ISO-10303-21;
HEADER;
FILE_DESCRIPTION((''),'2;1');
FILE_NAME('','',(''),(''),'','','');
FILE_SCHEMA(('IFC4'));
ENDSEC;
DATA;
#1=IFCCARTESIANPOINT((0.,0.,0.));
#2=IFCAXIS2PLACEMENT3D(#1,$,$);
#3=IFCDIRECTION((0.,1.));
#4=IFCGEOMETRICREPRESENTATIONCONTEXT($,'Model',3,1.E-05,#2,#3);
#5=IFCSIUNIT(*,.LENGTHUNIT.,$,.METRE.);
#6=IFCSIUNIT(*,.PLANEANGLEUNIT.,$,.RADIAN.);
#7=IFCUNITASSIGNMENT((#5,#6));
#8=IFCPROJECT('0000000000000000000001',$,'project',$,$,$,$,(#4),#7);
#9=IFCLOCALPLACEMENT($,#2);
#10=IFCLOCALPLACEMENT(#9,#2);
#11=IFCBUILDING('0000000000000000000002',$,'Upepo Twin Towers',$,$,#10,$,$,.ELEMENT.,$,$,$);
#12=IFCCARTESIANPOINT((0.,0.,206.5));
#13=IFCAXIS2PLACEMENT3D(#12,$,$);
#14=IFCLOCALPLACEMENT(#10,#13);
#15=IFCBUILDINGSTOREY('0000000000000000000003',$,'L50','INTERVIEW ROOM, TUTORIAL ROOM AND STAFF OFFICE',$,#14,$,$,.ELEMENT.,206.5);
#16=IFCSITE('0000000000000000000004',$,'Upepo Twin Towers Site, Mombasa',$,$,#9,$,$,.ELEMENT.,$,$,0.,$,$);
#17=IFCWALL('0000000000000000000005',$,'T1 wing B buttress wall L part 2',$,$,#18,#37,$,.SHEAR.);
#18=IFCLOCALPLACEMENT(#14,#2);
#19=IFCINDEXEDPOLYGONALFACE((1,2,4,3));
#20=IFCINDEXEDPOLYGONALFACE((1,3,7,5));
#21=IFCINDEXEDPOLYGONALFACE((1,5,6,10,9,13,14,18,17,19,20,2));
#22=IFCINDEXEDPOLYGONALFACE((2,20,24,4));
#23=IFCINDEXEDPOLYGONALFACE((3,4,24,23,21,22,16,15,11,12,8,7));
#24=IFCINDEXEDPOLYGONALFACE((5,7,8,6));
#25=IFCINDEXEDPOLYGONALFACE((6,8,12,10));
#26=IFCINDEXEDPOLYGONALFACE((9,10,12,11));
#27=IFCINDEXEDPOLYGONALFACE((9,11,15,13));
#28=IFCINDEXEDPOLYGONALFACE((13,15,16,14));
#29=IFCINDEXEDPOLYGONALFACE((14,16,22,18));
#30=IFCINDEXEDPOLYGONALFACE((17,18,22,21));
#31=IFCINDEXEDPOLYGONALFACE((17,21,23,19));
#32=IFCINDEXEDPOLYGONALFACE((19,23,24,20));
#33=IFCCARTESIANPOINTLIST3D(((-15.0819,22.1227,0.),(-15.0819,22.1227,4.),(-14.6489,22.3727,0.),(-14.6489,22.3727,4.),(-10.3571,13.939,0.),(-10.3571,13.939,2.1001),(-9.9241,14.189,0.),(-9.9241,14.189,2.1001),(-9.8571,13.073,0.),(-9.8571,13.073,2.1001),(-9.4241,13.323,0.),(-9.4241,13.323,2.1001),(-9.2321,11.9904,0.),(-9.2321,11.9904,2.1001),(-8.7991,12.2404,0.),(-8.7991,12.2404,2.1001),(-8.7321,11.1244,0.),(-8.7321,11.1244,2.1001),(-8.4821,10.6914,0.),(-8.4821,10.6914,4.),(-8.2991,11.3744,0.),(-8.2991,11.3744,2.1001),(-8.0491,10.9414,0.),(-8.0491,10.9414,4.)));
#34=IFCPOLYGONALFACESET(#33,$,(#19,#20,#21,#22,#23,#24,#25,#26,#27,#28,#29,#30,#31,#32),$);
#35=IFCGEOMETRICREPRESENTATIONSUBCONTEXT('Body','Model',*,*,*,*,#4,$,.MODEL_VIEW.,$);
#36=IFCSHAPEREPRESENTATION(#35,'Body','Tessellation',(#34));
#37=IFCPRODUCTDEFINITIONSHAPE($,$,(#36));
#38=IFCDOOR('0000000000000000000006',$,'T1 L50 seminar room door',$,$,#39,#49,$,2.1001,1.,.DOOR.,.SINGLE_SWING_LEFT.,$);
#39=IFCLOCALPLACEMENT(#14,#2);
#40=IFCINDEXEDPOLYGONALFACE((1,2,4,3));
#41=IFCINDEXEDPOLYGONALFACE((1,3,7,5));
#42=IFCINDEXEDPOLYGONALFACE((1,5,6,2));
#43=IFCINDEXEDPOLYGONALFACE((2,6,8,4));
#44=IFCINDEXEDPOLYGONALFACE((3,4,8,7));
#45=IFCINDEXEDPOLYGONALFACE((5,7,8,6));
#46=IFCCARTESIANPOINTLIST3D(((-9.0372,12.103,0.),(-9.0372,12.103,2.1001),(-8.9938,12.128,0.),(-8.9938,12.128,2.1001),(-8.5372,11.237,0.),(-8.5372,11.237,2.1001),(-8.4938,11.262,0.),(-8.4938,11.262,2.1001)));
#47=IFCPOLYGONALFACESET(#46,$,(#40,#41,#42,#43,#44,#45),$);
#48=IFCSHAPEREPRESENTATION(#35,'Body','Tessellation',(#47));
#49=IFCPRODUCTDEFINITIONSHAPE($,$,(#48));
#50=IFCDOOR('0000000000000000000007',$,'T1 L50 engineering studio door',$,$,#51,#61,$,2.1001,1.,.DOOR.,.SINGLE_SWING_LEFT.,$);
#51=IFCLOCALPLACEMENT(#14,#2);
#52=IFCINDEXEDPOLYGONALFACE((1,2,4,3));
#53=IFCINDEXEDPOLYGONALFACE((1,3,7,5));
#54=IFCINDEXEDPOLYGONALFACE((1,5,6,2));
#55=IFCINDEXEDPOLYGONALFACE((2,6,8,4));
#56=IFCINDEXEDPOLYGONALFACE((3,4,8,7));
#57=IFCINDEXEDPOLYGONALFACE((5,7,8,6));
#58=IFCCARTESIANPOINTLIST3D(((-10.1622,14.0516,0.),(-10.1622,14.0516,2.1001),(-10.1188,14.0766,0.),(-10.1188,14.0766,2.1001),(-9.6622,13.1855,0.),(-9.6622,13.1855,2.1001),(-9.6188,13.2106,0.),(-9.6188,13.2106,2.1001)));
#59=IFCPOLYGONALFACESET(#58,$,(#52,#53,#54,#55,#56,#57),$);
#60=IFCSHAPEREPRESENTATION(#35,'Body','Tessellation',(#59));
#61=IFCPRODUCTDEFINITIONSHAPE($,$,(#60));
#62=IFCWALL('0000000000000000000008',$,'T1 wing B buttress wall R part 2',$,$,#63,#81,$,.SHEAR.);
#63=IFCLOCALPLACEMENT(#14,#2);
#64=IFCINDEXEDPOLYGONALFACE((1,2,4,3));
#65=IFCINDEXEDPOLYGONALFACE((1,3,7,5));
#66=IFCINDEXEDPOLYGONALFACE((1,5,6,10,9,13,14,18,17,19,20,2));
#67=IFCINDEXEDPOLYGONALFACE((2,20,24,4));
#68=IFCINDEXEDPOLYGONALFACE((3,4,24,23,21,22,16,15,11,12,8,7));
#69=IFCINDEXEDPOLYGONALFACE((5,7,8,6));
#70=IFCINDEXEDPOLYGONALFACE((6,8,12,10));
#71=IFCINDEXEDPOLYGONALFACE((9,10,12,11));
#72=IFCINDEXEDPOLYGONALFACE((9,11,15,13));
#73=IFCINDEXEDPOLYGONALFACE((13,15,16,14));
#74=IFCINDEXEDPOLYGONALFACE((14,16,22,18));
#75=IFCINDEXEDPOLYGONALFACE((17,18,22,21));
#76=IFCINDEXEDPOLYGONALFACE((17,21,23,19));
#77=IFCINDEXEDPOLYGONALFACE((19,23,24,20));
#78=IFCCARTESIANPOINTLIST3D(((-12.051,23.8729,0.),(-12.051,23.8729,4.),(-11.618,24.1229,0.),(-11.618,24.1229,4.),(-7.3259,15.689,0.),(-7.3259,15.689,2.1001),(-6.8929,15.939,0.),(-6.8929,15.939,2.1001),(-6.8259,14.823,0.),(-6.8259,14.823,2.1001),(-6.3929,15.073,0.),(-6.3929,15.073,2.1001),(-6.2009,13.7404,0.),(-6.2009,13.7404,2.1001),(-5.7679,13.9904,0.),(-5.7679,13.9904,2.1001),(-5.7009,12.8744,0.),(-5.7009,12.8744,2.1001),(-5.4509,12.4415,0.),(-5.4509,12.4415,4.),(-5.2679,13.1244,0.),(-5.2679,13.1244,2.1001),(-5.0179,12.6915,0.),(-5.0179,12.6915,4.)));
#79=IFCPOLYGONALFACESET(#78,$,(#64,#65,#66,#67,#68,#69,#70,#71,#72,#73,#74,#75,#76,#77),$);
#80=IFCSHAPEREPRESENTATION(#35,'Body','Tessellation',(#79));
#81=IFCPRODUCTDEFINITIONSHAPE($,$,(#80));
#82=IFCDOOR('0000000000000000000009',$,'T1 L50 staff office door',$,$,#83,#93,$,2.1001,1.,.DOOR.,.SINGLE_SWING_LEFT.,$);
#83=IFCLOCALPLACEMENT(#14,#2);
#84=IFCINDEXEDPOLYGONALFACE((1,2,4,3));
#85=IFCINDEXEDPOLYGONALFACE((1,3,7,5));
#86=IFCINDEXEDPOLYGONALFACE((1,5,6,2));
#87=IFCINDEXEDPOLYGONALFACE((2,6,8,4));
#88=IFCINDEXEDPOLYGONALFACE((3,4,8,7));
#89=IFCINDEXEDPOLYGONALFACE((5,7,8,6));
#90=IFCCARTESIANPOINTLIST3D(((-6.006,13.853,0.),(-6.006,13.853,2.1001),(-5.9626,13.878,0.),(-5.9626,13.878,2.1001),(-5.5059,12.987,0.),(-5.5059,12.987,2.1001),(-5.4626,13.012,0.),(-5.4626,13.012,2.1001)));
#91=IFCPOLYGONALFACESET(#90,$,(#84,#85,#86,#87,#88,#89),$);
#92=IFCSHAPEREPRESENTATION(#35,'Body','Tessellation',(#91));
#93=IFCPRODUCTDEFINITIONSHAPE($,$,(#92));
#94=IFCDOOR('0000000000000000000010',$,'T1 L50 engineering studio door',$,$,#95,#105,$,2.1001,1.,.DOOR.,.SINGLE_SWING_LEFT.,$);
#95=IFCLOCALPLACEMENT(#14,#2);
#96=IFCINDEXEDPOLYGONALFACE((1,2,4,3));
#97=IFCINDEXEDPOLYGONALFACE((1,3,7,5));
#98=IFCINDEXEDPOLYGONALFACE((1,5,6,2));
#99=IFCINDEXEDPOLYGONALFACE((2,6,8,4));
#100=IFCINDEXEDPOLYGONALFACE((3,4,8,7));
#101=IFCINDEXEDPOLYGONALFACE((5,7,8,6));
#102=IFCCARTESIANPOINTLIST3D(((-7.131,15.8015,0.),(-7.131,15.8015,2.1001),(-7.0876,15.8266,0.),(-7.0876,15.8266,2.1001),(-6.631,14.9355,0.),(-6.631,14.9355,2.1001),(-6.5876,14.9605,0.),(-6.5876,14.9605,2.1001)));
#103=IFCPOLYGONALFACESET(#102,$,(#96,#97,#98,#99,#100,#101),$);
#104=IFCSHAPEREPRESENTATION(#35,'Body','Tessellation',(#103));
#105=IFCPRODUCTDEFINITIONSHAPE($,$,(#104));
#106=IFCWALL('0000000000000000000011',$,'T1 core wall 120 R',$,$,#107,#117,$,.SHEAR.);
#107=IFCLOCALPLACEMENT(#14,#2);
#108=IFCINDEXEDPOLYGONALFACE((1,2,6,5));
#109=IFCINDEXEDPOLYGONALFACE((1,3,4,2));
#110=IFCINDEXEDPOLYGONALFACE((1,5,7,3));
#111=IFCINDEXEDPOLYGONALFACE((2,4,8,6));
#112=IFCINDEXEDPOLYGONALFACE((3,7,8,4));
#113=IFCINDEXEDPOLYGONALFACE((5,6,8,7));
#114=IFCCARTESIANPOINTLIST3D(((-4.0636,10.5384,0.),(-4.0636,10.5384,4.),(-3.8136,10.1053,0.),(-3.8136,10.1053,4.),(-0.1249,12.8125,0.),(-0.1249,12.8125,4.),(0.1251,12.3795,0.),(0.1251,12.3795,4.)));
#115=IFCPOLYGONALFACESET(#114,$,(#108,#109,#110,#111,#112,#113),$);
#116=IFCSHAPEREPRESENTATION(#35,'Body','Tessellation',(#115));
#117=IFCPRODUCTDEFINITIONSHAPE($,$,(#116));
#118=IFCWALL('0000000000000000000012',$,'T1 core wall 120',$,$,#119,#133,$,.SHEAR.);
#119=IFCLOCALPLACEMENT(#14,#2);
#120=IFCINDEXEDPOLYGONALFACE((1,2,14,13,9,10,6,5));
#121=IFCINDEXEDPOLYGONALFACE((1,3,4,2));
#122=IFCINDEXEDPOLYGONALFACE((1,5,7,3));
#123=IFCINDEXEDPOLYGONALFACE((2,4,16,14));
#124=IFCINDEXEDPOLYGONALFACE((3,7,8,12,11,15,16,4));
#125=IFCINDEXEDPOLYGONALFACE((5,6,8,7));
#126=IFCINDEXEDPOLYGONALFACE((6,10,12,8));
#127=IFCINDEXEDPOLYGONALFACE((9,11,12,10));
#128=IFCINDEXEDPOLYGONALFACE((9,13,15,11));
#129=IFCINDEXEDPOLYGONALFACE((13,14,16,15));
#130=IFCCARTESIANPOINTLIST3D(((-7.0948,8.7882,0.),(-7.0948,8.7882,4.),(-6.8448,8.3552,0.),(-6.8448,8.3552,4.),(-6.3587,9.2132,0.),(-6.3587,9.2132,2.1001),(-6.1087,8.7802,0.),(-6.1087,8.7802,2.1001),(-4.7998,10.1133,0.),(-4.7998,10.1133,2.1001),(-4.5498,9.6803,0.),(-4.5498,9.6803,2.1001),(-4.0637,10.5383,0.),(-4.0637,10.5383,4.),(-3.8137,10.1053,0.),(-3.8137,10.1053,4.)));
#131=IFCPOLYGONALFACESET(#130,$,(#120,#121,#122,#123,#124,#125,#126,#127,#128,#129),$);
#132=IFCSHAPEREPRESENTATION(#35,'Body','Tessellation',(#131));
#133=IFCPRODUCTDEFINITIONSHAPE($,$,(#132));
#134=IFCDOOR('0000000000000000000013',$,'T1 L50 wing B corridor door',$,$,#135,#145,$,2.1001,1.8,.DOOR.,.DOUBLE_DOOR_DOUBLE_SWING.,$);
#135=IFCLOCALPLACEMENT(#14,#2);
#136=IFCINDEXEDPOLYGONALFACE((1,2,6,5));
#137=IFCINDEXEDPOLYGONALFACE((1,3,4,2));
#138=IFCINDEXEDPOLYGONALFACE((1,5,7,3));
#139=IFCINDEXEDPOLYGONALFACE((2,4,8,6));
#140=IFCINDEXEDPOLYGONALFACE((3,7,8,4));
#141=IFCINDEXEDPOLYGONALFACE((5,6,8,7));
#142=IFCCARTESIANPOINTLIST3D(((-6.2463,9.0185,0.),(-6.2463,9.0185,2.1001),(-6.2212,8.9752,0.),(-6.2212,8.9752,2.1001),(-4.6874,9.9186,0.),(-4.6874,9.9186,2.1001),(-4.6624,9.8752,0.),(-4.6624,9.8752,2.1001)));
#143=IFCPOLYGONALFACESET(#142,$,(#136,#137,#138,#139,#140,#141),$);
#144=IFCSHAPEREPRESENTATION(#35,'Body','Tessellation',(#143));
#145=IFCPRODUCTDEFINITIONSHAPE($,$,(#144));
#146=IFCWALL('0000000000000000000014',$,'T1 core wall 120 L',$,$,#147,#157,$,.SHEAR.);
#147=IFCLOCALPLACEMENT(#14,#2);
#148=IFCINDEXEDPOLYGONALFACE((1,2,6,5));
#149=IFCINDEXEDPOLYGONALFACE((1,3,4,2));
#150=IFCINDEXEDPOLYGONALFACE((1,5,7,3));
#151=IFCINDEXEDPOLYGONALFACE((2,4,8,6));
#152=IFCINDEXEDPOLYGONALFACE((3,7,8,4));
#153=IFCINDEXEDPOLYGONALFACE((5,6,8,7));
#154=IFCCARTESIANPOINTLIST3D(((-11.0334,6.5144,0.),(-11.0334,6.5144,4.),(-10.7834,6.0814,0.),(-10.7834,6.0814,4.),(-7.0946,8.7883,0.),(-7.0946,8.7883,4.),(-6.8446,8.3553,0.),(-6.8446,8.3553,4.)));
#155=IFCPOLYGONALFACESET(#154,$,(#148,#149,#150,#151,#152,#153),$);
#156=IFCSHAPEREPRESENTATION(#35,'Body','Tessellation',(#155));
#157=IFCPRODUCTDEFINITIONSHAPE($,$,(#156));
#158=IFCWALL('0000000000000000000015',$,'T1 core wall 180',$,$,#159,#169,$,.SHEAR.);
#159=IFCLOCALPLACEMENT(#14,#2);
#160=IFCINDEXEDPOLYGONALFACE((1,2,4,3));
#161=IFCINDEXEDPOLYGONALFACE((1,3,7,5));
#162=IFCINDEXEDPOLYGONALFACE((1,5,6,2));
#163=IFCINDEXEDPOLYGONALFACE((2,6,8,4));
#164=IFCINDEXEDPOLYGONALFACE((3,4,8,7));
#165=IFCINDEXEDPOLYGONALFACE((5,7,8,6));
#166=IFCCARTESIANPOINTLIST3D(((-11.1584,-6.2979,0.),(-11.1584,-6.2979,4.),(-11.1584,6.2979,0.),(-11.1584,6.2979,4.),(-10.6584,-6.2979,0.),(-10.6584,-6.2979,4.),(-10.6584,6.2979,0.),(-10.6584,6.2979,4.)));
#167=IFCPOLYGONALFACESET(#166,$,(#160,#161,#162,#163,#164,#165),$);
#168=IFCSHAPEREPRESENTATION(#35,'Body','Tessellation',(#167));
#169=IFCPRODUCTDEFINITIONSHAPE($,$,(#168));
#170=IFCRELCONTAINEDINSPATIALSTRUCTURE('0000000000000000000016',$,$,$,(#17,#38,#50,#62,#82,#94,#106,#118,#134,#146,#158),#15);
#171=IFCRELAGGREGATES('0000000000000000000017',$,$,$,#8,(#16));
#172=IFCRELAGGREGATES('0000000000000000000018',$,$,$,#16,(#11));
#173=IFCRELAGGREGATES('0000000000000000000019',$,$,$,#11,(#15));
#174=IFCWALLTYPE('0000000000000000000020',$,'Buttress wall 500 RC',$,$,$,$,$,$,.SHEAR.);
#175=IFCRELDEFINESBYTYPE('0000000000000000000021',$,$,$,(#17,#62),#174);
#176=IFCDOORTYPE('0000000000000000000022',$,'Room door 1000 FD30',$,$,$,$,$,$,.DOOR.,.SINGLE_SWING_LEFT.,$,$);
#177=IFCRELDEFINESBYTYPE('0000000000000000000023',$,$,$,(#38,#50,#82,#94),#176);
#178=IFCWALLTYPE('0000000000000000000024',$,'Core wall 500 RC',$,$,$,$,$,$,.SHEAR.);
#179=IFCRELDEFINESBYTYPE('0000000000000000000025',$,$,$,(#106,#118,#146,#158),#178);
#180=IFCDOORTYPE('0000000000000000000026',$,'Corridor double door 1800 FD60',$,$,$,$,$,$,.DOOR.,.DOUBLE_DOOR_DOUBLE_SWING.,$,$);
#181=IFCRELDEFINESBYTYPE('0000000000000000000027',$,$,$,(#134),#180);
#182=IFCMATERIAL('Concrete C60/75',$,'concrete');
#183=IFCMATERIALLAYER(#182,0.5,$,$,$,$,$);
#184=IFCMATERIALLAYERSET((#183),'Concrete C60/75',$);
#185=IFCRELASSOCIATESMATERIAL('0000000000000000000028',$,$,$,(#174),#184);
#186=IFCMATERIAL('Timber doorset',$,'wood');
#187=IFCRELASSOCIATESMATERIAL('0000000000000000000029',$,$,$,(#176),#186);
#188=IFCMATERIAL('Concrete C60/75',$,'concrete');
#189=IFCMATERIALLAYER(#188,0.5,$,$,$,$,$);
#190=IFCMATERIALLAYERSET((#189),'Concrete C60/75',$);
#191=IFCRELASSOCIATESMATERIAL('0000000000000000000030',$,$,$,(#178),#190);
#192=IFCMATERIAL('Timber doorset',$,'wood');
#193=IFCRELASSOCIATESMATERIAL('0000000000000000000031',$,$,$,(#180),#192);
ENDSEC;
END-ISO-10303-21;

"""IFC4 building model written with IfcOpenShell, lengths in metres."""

from ifc_helpers import new_model, si_unit, direction, frame, frame_2d, origin, place, context, subcontext, project, spatial, rectangle, extrude, material, layer, layer_set, type_object, element, fill, save


model = new_model("IFC4")

# Units and contexts
model_context = context("Model", 3, precision=1e-05, world=origin(), true_north=direction((0.0, 1.0)))
body_context = subcontext(model_context, "Body", "Model", "MODEL_VIEW")
ifc_project = project(units=[si_unit("LENGTHUNIT", "METRE"), si_unit("PLANEANGLEUNIT", "RADIAN")], contexts=[model_context])

# Site, building, storey
site_placement = place(None, origin())
site = spatial("IfcSite", under=ifc_project, at=site_placement, Name="Upepo Twin Towers Site, Mombasa", CompositionType="ELEMENT", RefElevation=0.0)
building_placement = place(site_placement, origin())
building = spatial("IfcBuilding", under=site, at=building_placement, Name="Upepo Twin Towers", CompositionType="ELEMENT")
storey_placement = place(building_placement, frame((0.0, 0.0, 206.5)))
storey = spatial("IfcBuildingStorey", under=building, at=storey_placement, Name="L50", Description="INTERVIEW ROOM, TUTORIAL ROOM AND STAFF OFFICE", CompositionType="ELEMENT", Elevation=206.5)

# Walls, openings, doors
ifc_material_1 = material(Name="Concrete C60/75", Category="concrete")
ifc_layer_1 = layer(ifc_material_1, 0.5)
ifc_layer_set_1 = layer_set([ifc_layer_1], Name="Concrete C60/75")
wall_type_1 = type_object("IfcWallType", Name="Buttress wall 500 RC", PredefinedType="SHEAR", material=ifc_layer_set_1)
wall_1_placement = place(storey_placement, frame((-8.2656, 10.8164, 0.0), z_axis=(0.0, 0.0, 1.0), x_axis=(-0.499996, 0.866028, 0.0)))
wall_1 = element("IfcWall", 1, at=wall_1_placement, inside=storey, type_object=wall_type_1, Name="T1 wing B buttress wall L part 2", PredefinedType="SHEAR", context=body_context, shape_type="SweptSolid", body=[
    extrude(rectangle(XDim=13.1997, YDim=0.5, at=frame_2d((6.5999, 0.0))), origin(), (0.0, 0.0, 1.0), 4.0),
])
opening_1_placement = place(wall_1_placement, frame((0.5, 0.0, 0.0)))
opening_1 = element("IfcOpeningElement", 2, at=opening_1_placement, cuts=wall_1, PredefinedType="OPENING", context=body_context, shape_type="SweptSolid", body=[
    extrude(rectangle(XDim=1.0, YDim=2.1001, at=frame_2d((0.5, 1.05))), frame((0.0, 0.26, 0.0), z_axis=(0.0, -1.0, 0.0), x_axis=(1.0, 0.0, 0.0)), (0.0, 0.0, 1.0), 0.52),
])
opening_2_placement = place(wall_1_placement, frame((2.75, 0.0, 0.0)))
opening_2 = element("IfcOpeningElement", 3, at=opening_2_placement, cuts=wall_1, PredefinedType="OPENING", context=body_context, shape_type="SweptSolid", body=[
    extrude(rectangle(XDim=1.0, YDim=2.1001, at=frame_2d((0.5, 1.05))), frame((0.0, 0.26, 0.0), z_axis=(0.0, -1.0, 0.0), x_axis=(1.0, 0.0, 0.0)), (0.0, 0.0, 1.0), 0.52),
])
ifc_material_2 = material(Name="Timber doorset", Category="wood")
door_type_1 = type_object("IfcDoorType", Name="Room door 1000 FD30", OperationType="SINGLE_SWING_LEFT", PredefinedType="DOOR", material=ifc_material_2)
door_1_placement = place(opening_1_placement, origin())
door_1 = element("IfcDoor", 4, at=door_1_placement, inside=storey, type_object=door_type_1, Name="T1 L50 seminar room door", OperationType="SINGLE_SWING_LEFT", OverallHeight=2.1001, OverallWidth=1.0, PredefinedType="DOOR", context=body_context, shape_type="SweptSolid", body=[
    extrude(rectangle(XDim=1.0, YDim=2.1001, at=frame_2d((0.5, 1.05))), frame((0.0, 0.0249, 0.0), z_axis=(0.0, -1.0, 0.0), x_axis=(1.0, 0.0, 0.0)), (0.0, 0.0, 1.0), 0.05),
])
fill(opening_1, door_1)
door_2_placement = place(opening_2_placement, origin())
door_2 = element("IfcDoor", 5, at=door_2_placement, inside=storey, type_object=door_type_1, Name="T1 L50 engineering studio door", OperationType="SINGLE_SWING_LEFT", OverallHeight=2.1001, OverallWidth=1.0, PredefinedType="DOOR", context=body_context, shape_type="SweptSolid", body=[
    extrude(rectangle(XDim=1.0, YDim=2.1001, at=frame_2d((0.5, 1.05))), frame((0.0, 0.0249, 0.0), z_axis=(0.0, -1.0, 0.0), x_axis=(1.0, 0.0, 0.0)), (0.0, 0.0, 1.0), 0.05),
])
fill(opening_2, door_2)
wall_2_placement = place(storey_placement, frame((-5.2344, 12.5664, 0.0), z_axis=(0.0, 0.0, 1.0), x_axis=(-0.50001, 0.86602, 0.0)))
wall_2 = element("IfcWall", 6, at=wall_2_placement, inside=storey, type_object=wall_type_1, Name="T1 wing B buttress wall R part 2", PredefinedType="SHEAR", context=body_context, shape_type="SweptSolid", body=[
    extrude(rectangle(XDim=13.2, YDim=0.5, at=frame_2d((6.6001, 0.0))), origin(), (0.0, 0.0, 1.0), 4.0),
])
opening_3_placement = place(wall_2_placement, frame((0.5, 0.0, 0.0)))
opening_3 = element("IfcOpeningElement", 7, at=opening_3_placement, cuts=wall_2, PredefinedType="OPENING", context=body_context, shape_type="SweptSolid", body=[
    extrude(rectangle(XDim=1.0, YDim=2.1001, at=frame_2d((0.5, 1.05))), frame((0.0, 0.26, 0.0), z_axis=(0.0, -1.0, 0.0), x_axis=(1.0, 0.0, 0.0)), (0.0, 0.0, 1.0), 0.52),
])
opening_4_placement = place(wall_2_placement, frame((2.75, 0.0, 0.0)))
opening_4 = element("IfcOpeningElement", 8, at=opening_4_placement, cuts=wall_2, PredefinedType="OPENING", context=body_context, shape_type="SweptSolid", body=[
    extrude(rectangle(XDim=1.0, YDim=2.1001, at=frame_2d((0.5, 1.05))), frame((0.0, 0.26, 0.0), z_axis=(0.0, -1.0, 0.0), x_axis=(1.0, 0.0, 0.0)), (0.0, 0.0, 1.0), 0.52),
])
door_3_placement = place(opening_3_placement, origin())
door_3 = element("IfcDoor", 9, at=door_3_placement, inside=storey, type_object=door_type_1, Name="T1 L50 staff office door", OperationType="SINGLE_SWING_LEFT", OverallHeight=2.1001, OverallWidth=1.0, PredefinedType="DOOR", context=body_context, shape_type="SweptSolid", body=[
    extrude(rectangle(XDim=1.0, YDim=2.1001, at=frame_2d((0.5, 1.05))), frame((0.0, 0.0249, 0.0), z_axis=(0.0, -1.0, 0.0), x_axis=(1.0, 0.0, 0.0)), (0.0, 0.0, 1.0), 0.05),
])
fill(opening_3, door_3)
door_4_placement = place(opening_4_placement, origin())
door_4 = element("IfcDoor", 10, at=door_4_placement, inside=storey, type_object=door_type_1, Name="T1 L50 engineering studio door", OperationType="SINGLE_SWING_LEFT", OverallHeight=2.1001, OverallWidth=1.0, PredefinedType="DOOR", context=body_context, shape_type="SweptSolid", body=[
    extrude(rectangle(XDim=1.0, YDim=2.1001, at=frame_2d((0.5, 1.05))), frame((0.0, 0.0249, 0.0), z_axis=(0.0, -1.0, 0.0), x_axis=(1.0, 0.0, 0.0)), (0.0, 0.0, 1.0), 0.05),
])
fill(opening_4, door_4)

# Wall
ifc_material_3 = material(Name="Concrete C60/75", Category="concrete")
ifc_layer_2 = layer(ifc_material_3, 0.5)
ifc_layer_set_2 = layer_set([ifc_layer_2], Name="Concrete C60/75")
wall_type_2 = type_object("IfcWallType", Name="Core wall 500 RC", PredefinedType="SHEAR", material=ifc_layer_set_2)
wall_3_placement = place(storey_placement, frame((0.0, 12.5959, 0.0), z_axis=(0.0, 0.0, 1.0), x_axis=(-0.866011, -0.500024, 0.0)))
element("IfcWall", 11, at=wall_3_placement, inside=storey, type_object=wall_type_2, Name="T1 core wall 120 R", PredefinedType="SHEAR", context=body_context, shape_type="SweptSolid", body=[
    extrude(rectangle(XDim=4.5481, YDim=0.5, at=frame_2d((2.2739, 0.0))), origin(), (0.0, 0.0, 1.0), 4.0),
])

# Wall, opening, door
wall_4_placement = place(storey_placement, frame((-3.9387, 10.3218, 0.0), z_axis=(0.0, 0.0, 1.0), x_axis=(-0.866019, -0.50001, 0.0)))
wall_4 = element("IfcWall", 12, at=wall_4_placement, inside=storey, type_object=wall_type_2, Name="T1 core wall 120", PredefinedType="SHEAR", context=body_context, shape_type="SweptSolid", body=[
    extrude(rectangle(XDim=3.5, YDim=0.5, at=frame_2d((1.75, 0.0))), origin(), (0.0, 0.0, 1.0), 4.0),
])
opening_5_placement = place(wall_4_placement, frame((0.8501, 0.0, 0.0)))
opening_5 = element("IfcOpeningElement", 13, at=opening_5_placement, cuts=wall_4, PredefinedType="OPENING", context=body_context, shape_type="SweptSolid", body=[
    extrude(rectangle(XDim=1.8, YDim=2.1001, at=frame_2d((0.8999, 1.05))), frame((0.0, 0.26, 0.0), z_axis=(0.0, -1.0, 0.0), x_axis=(1.0, 0.0, 0.0)), (0.0, 0.0, 1.0), 0.52),
])
ifc_material_4 = material(Name="Timber doorset", Category="wood")
door_type_2 = type_object("IfcDoorType", Name="Corridor double door 1800 FD60", OperationType="DOUBLE_DOOR_DOUBLE_SWING", PredefinedType="DOOR", material=ifc_material_4)
door_5_placement = place(opening_5_placement, origin())
door_5 = element("IfcDoor", 14, at=door_5_placement, inside=storey, type_object=door_type_2, Name="T1 L50 wing B corridor door", OperationType="DOUBLE_DOOR_DOUBLE_SWING", OverallHeight=2.1001, OverallWidth=1.8, PredefinedType="DOOR", context=body_context, shape_type="SweptSolid", body=[
    extrude(rectangle(XDim=1.8, YDim=2.1001, at=frame_2d((0.8999, 1.05))), frame((0.0, 0.0249, 0.0), z_axis=(0.0, -1.0, 0.0), x_axis=(1.0, 0.0, 0.0)), (0.0, 0.0, 1.0), 0.05),
])
fill(opening_5, door_5)

# Walls
wall_5_placement = place(storey_placement, frame((-6.9697, 8.5718, 0.0), z_axis=(0.0, 0.0, 1.0), x_axis=(-0.866035, -0.499984, 0.0)))
element("IfcWall", 15, at=wall_5_placement, inside=storey, type_object=wall_type_2, Name="T1 core wall 120 L", PredefinedType="SHEAR", context=body_context, shape_type="SweptSolid", body=[
    extrude(rectangle(XDim=4.5481, YDim=0.5, at=frame_2d((2.2739, 0.0))), origin(), (0.0, 0.0, 1.0), 4.0),
])
wall_6_placement = place(storey_placement, frame((-10.9084, 6.2979, 0.0), z_axis=(0.0, 0.0, 1.0), x_axis=(0.0, -1.0, 0.0)))
element("IfcWall", 16, at=wall_6_placement, inside=storey, type_object=wall_type_2, Name="T1 core wall 180", PredefinedType="SHEAR", context=body_context, shape_type="SweptSolid", body=[
    extrude(rectangle(XDim=12.5957, YDim=0.5, at=frame_2d((6.2979, 0.0))), origin(), (0.0, 0.0, 1.0), 4.0),
])

save(model, "model.ifc")
